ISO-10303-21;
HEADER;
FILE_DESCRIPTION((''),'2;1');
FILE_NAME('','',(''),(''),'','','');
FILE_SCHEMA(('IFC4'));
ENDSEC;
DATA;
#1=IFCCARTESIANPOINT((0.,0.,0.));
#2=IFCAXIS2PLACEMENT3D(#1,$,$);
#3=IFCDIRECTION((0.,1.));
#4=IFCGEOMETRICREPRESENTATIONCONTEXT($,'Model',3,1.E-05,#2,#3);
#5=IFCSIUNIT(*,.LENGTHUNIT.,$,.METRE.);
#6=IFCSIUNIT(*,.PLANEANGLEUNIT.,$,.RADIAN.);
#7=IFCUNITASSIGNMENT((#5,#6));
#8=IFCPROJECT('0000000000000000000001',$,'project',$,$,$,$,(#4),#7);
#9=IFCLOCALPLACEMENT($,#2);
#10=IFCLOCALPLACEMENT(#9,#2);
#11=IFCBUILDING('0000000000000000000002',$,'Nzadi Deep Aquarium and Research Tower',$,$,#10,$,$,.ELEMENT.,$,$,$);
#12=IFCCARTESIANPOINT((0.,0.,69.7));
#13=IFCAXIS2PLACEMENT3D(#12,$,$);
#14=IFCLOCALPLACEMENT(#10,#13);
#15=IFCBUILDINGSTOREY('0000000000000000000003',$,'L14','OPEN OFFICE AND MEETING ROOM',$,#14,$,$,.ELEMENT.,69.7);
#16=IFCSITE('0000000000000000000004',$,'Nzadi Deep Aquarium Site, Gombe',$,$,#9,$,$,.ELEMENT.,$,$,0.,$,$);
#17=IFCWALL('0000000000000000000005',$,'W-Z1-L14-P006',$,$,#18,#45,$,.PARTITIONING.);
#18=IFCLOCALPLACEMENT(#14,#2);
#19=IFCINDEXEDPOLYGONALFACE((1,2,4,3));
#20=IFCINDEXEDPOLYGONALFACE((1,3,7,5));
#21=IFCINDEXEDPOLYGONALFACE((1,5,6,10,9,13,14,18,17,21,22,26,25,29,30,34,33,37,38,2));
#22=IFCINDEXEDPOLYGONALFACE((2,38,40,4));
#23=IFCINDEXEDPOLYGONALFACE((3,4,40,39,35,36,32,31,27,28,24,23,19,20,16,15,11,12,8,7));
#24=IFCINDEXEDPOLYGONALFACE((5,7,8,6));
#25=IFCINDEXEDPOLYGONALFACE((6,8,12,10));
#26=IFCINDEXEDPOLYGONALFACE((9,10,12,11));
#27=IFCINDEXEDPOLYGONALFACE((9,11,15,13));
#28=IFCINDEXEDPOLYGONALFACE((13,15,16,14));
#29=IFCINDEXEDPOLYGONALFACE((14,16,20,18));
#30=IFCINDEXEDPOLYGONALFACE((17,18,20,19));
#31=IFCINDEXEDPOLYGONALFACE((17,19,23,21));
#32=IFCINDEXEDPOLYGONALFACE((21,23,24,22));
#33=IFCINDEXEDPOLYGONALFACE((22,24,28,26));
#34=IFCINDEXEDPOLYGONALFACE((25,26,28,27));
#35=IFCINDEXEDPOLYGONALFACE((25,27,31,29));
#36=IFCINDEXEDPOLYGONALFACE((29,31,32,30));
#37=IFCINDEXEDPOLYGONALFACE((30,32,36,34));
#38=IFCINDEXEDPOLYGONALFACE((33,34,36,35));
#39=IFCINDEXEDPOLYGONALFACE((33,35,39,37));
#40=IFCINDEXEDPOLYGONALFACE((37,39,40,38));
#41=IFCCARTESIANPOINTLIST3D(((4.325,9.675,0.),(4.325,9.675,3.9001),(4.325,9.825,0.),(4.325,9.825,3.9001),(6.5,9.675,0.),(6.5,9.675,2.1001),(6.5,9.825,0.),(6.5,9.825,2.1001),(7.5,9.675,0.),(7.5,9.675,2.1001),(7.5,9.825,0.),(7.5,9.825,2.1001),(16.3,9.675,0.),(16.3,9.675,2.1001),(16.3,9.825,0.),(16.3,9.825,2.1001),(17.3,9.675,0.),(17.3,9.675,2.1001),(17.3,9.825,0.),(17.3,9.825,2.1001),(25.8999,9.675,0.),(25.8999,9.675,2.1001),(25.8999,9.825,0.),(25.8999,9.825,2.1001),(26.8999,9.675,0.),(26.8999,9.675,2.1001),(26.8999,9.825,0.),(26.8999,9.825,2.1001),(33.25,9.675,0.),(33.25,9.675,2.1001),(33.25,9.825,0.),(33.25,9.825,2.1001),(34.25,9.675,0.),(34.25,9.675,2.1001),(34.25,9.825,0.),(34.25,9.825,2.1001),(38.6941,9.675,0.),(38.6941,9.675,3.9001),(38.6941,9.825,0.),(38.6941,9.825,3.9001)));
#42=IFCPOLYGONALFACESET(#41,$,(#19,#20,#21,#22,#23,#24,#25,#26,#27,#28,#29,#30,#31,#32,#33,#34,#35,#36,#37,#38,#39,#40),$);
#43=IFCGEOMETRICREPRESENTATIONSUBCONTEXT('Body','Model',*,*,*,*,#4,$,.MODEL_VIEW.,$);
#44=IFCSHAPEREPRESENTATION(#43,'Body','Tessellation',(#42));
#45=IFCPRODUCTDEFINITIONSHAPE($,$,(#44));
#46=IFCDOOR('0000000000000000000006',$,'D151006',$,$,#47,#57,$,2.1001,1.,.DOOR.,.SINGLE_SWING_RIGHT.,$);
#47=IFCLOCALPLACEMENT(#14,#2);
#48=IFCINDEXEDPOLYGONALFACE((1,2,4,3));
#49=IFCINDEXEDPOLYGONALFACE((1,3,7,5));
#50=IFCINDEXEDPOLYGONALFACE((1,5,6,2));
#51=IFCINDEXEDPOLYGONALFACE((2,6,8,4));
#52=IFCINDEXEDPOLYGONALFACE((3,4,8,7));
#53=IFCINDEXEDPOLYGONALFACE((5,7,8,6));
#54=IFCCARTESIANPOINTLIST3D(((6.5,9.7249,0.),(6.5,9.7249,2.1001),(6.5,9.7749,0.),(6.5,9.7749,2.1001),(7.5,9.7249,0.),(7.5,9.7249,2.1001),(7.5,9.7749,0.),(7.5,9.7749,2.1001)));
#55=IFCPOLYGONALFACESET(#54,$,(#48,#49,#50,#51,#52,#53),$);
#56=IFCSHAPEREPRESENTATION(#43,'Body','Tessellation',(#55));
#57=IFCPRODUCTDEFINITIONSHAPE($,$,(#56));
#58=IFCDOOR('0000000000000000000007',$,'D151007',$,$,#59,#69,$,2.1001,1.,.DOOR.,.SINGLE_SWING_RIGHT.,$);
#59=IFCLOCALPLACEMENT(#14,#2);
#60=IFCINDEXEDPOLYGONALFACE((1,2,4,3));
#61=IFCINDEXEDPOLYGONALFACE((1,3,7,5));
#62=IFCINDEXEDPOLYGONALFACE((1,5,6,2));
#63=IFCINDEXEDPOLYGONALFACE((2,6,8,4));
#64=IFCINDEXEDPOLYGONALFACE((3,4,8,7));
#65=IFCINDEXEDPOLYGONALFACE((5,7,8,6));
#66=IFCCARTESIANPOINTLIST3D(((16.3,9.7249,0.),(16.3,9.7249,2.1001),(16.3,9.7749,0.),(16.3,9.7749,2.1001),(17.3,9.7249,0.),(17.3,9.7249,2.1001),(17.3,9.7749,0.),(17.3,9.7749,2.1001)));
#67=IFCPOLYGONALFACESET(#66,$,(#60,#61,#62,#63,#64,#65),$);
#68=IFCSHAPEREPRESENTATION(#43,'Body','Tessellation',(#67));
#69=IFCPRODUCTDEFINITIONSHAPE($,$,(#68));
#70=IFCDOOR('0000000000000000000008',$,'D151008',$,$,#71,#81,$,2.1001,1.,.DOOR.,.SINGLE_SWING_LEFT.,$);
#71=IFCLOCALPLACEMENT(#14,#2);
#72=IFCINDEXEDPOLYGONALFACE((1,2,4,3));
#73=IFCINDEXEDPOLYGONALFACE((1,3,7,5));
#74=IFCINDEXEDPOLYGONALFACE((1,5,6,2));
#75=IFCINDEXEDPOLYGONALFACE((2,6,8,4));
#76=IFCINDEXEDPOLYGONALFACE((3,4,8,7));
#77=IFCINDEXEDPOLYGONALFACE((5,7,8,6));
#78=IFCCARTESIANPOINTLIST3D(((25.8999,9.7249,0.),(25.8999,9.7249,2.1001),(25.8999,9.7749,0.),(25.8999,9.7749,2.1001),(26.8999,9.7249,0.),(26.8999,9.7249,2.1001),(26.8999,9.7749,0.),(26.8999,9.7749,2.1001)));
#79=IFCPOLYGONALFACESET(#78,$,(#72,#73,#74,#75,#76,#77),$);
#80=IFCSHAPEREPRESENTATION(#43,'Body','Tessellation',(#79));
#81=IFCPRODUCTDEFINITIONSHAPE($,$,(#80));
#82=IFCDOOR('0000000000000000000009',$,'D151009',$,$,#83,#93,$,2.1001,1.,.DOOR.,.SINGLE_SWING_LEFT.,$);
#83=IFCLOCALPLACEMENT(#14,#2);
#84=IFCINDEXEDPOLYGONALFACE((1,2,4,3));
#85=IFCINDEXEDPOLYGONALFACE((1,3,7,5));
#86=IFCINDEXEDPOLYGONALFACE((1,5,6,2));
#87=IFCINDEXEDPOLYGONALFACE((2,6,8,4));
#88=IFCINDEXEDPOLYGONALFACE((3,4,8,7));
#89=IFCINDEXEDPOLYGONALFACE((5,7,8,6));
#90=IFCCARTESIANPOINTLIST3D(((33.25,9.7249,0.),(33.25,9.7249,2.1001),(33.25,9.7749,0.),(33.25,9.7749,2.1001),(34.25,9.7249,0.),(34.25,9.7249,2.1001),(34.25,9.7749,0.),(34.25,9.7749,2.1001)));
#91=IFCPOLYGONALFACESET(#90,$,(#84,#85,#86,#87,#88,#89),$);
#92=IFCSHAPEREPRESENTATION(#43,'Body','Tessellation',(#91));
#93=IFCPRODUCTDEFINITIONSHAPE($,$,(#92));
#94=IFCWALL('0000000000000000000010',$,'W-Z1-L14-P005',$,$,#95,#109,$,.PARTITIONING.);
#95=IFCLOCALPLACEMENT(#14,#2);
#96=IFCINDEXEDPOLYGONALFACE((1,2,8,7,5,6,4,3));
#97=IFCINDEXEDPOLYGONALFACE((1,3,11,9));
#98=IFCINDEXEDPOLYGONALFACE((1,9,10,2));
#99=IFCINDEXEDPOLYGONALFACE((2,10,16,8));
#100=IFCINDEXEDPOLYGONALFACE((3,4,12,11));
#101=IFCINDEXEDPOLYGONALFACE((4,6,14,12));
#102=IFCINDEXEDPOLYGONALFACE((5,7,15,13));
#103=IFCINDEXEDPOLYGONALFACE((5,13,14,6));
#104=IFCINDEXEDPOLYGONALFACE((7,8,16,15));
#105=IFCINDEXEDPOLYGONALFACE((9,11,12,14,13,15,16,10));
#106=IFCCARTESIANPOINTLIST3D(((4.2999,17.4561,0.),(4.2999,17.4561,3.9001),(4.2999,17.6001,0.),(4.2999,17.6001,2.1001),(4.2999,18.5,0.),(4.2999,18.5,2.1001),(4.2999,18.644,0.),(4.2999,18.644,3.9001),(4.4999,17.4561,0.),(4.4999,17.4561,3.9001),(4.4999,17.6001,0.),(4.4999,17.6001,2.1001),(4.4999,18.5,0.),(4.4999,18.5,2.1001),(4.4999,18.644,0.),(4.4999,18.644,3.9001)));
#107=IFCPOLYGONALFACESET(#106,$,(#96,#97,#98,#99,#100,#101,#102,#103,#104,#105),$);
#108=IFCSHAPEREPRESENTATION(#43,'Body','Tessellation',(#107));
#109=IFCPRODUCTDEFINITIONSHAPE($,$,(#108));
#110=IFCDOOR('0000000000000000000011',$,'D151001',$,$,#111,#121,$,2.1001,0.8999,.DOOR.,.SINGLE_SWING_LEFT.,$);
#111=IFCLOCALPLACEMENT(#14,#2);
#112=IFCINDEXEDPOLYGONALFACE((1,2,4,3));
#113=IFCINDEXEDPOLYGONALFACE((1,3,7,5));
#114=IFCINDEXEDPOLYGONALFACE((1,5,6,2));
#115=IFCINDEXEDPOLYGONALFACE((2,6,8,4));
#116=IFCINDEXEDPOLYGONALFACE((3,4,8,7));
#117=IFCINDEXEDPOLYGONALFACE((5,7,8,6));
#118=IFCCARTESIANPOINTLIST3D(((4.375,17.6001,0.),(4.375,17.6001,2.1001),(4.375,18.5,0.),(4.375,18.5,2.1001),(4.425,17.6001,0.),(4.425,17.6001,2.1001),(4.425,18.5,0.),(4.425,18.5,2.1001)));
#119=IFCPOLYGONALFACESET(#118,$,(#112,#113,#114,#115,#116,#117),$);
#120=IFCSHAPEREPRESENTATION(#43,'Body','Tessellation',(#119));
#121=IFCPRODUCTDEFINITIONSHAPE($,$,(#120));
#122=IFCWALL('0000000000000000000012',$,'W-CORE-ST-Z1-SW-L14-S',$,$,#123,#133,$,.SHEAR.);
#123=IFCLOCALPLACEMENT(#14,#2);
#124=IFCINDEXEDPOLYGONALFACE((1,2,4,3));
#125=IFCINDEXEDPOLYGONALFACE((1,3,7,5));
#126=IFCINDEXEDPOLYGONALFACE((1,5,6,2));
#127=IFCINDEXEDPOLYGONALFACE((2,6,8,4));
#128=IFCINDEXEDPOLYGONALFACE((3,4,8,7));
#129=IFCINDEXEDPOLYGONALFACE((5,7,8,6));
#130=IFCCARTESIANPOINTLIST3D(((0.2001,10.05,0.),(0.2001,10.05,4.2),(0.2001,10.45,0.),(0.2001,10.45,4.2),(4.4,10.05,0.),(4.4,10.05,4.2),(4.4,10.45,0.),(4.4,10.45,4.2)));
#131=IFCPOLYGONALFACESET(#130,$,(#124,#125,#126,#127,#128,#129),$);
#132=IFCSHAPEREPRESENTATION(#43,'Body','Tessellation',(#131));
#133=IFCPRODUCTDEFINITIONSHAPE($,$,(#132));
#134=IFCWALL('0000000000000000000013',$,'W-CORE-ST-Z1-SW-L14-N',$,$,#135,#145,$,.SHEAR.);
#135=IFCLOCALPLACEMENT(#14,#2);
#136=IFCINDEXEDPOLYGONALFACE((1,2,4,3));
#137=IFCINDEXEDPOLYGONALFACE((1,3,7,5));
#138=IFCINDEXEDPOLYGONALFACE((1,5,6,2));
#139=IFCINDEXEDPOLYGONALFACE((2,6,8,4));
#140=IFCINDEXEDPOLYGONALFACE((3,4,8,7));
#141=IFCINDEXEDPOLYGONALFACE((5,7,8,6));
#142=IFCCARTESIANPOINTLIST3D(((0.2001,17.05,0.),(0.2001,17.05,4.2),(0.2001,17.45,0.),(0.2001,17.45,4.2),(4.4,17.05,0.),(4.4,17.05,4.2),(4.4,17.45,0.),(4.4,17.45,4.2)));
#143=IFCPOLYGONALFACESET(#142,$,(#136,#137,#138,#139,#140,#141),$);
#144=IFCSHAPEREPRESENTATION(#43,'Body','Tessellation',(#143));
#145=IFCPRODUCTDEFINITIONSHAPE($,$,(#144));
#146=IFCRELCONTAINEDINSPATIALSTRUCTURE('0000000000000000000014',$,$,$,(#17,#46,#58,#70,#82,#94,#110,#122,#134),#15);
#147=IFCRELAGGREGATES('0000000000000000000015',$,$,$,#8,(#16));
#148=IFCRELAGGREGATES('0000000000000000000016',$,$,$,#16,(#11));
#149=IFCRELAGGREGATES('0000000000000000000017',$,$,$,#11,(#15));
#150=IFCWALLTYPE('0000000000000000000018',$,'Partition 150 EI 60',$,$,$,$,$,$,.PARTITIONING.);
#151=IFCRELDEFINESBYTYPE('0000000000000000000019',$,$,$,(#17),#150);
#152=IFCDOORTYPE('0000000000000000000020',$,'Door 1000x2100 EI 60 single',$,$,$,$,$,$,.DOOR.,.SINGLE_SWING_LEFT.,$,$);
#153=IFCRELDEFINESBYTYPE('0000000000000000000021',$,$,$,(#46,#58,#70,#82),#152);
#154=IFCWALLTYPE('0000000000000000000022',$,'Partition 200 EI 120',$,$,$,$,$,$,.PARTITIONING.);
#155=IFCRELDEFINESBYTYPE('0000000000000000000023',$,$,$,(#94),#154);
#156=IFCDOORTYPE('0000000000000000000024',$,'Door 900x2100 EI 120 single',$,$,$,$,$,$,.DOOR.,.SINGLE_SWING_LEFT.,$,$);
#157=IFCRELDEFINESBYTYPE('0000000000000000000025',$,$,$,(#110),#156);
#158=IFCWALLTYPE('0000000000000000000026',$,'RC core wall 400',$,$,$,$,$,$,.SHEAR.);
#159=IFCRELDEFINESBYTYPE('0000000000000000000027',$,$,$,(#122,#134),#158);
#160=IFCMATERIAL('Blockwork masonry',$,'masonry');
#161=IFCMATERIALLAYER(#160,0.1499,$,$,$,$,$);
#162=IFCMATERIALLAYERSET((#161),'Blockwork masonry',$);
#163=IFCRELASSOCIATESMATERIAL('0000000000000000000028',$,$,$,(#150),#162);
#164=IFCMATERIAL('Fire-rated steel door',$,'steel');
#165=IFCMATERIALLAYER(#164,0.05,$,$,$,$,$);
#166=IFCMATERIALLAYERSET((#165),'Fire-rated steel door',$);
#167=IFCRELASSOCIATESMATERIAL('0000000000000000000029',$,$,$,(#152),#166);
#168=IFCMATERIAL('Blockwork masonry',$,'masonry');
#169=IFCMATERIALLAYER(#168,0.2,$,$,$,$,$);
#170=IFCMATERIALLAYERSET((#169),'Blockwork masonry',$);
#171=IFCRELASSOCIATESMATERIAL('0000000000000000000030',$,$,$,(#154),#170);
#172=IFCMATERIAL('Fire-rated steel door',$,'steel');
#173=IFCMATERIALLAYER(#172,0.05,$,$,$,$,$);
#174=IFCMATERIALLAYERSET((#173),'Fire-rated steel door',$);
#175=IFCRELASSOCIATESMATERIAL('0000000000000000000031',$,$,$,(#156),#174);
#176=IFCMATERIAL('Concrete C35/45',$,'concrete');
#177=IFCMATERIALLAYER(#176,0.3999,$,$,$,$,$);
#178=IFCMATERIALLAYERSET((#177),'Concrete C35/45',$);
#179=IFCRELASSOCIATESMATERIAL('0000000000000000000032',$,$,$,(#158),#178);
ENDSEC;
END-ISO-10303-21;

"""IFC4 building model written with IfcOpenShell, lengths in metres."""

from ifc_helpers import new_model, si_unit, direction, frame, frame_2d, origin, place, context, subcontext, project, spatial, rectangle, extrude, material, layer, layer_set, type_object, element, fill, save


model = new_model("IFC4")

# Units and contexts
model_context = context("Model", 3, precision=1e-05, world=origin(), true_north=direction((0.0, 1.0)))
body_context = subcontext(model_context, "Body", "Model", "MODEL_VIEW")
ifc_project = project(units=[si_unit("LENGTHUNIT", "METRE"), si_unit("PLANEANGLEUNIT", "RADIAN")], contexts=[model_context])

# Site, building, storey
site_placement = place(None, origin())
site = spatial("IfcSite", under=ifc_project, at=site_placement, Name="Nzadi Deep Aquarium Site, Gombe", CompositionType="ELEMENT", RefElevation=0.0)
building_placement = place(site_placement, origin())
building = spatial("IfcBuilding", under=site, at=building_placement, Name="Nzadi Deep Aquarium and Research Tower", CompositionType="ELEMENT")
storey_placement = place(building_placement, frame((0.0, 0.0, 69.7)))
storey = spatial("IfcBuildingStorey", under=building, at=storey_placement, Name="L14", Description="OPEN OFFICE AND MEETING ROOM", CompositionType="ELEMENT", Elevation=69.7)

# Wall, openings, doors
ifc_material_1 = material(Name="Blockwork masonry", Category="masonry")
ifc_layer_1 = layer(ifc_material_1, 0.1499)
ifc_layer_set_1 = layer_set([ifc_layer_1], Name="Blockwork masonry")
wall_type_1 = type_object("IfcWallType", Name="Partition 150 EI 60", PredefinedType="PARTITIONING", material=ifc_layer_set_1)
wall_1_placement = place(storey_placement, frame((4.325, 9.75, 0.0), z_axis=(0.0, 0.0, 1.0), x_axis=(1.0, 0.0, 0.0)))
wall_1 = element("IfcWall", 1, at=wall_1_placement, inside=storey, type_object=wall_type_1, Name="W-Z1-L14-P006", PredefinedType="PARTITIONING", context=body_context, shape_type="SweptSolid", body=[
    extrude(rectangle(XDim=34.3691, YDim=0.1499, at=frame_2d((17.1846, 0.0))), origin(), (0.0, 0.0, 1.0), 3.9001),
])
opening_1_placement = place(wall_1_placement, frame((2.175, 0.0, 0.0)))
opening_1 = element("IfcOpeningElement", 2, at=opening_1_placement, cuts=wall_1, PredefinedType="OPENING", context=body_context, shape_type="SweptSolid", body=[
    extrude(rectangle(XDim=1.0, YDim=2.1001, at=frame_2d((0.5, 1.05))), frame((0.0, 0.085, 0.0), z_axis=(0.0, -1.0, 0.0), x_axis=(1.0, 0.0, 0.0)), (0.0, 0.0, 1.0), 0.1699),
])
opening_2_placement = place(wall_1_placement, frame((11.9751, 0.0, 0.0)))
opening_2 = element("IfcOpeningElement", 3, at=opening_2_placement, cuts=wall_1, PredefinedType="OPENING", context=body_context, shape_type="SweptSolid", body=[
    extrude(rectangle(XDim=1.0, YDim=2.1001, at=frame_2d((0.5, 1.05))), frame((0.0, 0.085, 0.0), z_axis=(0.0, -1.0, 0.0), x_axis=(1.0, 0.0, 0.0)), (0.0, 0.0, 1.0), 0.1699),
])
opening_3_placement = place(wall_1_placement, frame((21.575, 0.0, 0.0)))
opening_3 = element("IfcOpeningElement", 4, at=opening_3_placement, cuts=wall_1, PredefinedType="OPENING", context=body_context, shape_type="SweptSolid", body=[
    extrude(rectangle(XDim=1.0, YDim=2.1001, at=frame_2d((0.5, 1.05))), frame((0.0, 0.085, 0.0), z_axis=(0.0, -1.0, 0.0), x_axis=(1.0, 0.0, 0.0)), (0.0, 0.0, 1.0), 0.1699),
])
opening_4_placement = place(wall_1_placement, frame((28.925, 0.0, 0.0)))
opening_4 = element("IfcOpeningElement", 5, at=opening_4_placement, cuts=wall_1, PredefinedType="OPENING", context=body_context, shape_type="SweptSolid", body=[
    extrude(rectangle(XDim=1.0, YDim=2.1001, at=frame_2d((0.5, 1.05))), frame((0.0, 0.085, 0.0), z_axis=(0.0, -1.0, 0.0), x_axis=(1.0, 0.0, 0.0)), (0.0, 0.0, 1.0), 0.1699),
])
ifc_material_2 = material(Name="Fire-rated steel door", Category="steel")
ifc_layer_2 = layer(ifc_material_2, 0.05)
ifc_layer_set_2 = layer_set([ifc_layer_2], Name="Fire-rated steel door")
door_type_1 = type_object("IfcDoorType", Name="Door 1000x2100 EI 60 single", OperationType="SINGLE_SWING_LEFT", PredefinedType="DOOR", material=ifc_layer_set_2)
door_1_placement = place(opening_1_placement, origin())
door_1 = element("IfcDoor", 6, at=door_1_placement, inside=storey, type_object=door_type_1, Name="D151006", OperationType="SINGLE_SWING_RIGHT", OverallHeight=2.1001, OverallWidth=1.0, PredefinedType="DOOR", context=body_context, shape_type="SweptSolid", body=[
    extrude(rectangle(XDim=1.0, YDim=2.1001, at=frame_2d((0.5, 1.05))), frame((0.0, 0.0249, 0.0), z_axis=(0.0, -1.0, 0.0), x_axis=(1.0, 0.0, 0.0)), (0.0, 0.0, 1.0), 0.05),
])
fill(opening_1, door_1)
door_2_placement = place(opening_2_placement, origin())
door_2 = element("IfcDoor", 7, at=door_2_placement, inside=storey, type_object=door_type_1, Name="D151007", OperationType="SINGLE_SWING_RIGHT", OverallHeight=2.1001, OverallWidth=1.0, PredefinedType="DOOR", context=body_context, shape_type="SweptSolid", body=[
    extrude(rectangle(XDim=1.0, YDim=2.1001, at=frame_2d((0.5, 1.05))), frame((0.0, 0.0249, 0.0), z_axis=(0.0, -1.0, 0.0), x_axis=(1.0, 0.0, 0.0)), (0.0, 0.0, 1.0), 0.05),
])
fill(opening_2, door_2)
door_3_placement = place(opening_3_placement, origin())
door_3 = element("IfcDoor", 8, at=door_3_placement, inside=storey, type_object=door_type_1, Name="D151008", OperationType="SINGLE_SWING_LEFT", OverallHeight=2.1001, OverallWidth=1.0, PredefinedType="DOOR", context=body_context, shape_type="SweptSolid", body=[
    extrude(rectangle(XDim=1.0, YDim=2.1001, at=frame_2d((0.5, 1.05))), frame((0.0, 0.0249, 0.0), z_axis=(0.0, -1.0, 0.0), x_axis=(1.0, 0.0, 0.0)), (0.0, 0.0, 1.0), 0.05),
])
fill(opening_3, door_3)
door_4_placement = place(opening_4_placement, origin())
door_4 = element("IfcDoor", 9, at=door_4_placement, inside=storey, type_object=door_type_1, Name="D151009", OperationType="SINGLE_SWING_LEFT", OverallHeight=2.1001, OverallWidth=1.0, PredefinedType="DOOR", context=body_context, shape_type="SweptSolid", body=[
    extrude(rectangle(XDim=1.0, YDim=2.1001, at=frame_2d((0.5, 1.05))), frame((0.0, 0.0249, 0.0), z_axis=(0.0, -1.0, 0.0), x_axis=(1.0, 0.0, 0.0)), (0.0, 0.0, 1.0), 0.05),
])
fill(opening_4, door_4)

# Wall, opening, door
ifc_material_3 = material(Name="Blockwork masonry", Category="masonry")
ifc_layer_3 = layer(ifc_material_3, 0.2)
ifc_layer_set_3 = layer_set([ifc_layer_3], Name="Blockwork masonry")
wall_type_2 = type_object("IfcWallType", Name="Partition 200 EI 120", PredefinedType="PARTITIONING", material=ifc_layer_set_3)
wall_2_placement = place(storey_placement, frame((4.3999, 17.4561, 0.0), z_axis=(0.0, 0.0, 1.0), x_axis=(0.0, 1.0, 0.0)))
wall_2 = element("IfcWall", 10, at=wall_2_placement, inside=storey, type_object=wall_type_2, Name="W-Z1-L14-P005", PredefinedType="PARTITIONING", context=body_context, shape_type="SweptSolid", body=[
    extrude(rectangle(XDim=1.188, YDim=0.2, at=frame_2d((0.594, 0.0))), origin(), (0.0, 0.0, 1.0), 3.9001),
])
opening_5_placement = place(wall_2_placement, frame((0.144, 0.0, 0.0)))
opening_5 = element("IfcOpeningElement", 11, at=opening_5_placement, cuts=wall_2, PredefinedType="OPENING", context=body_context, shape_type="SweptSolid", body=[
    extrude(rectangle(XDim=0.8999, YDim=2.1001, at=frame_2d((0.45, 1.05))), frame((0.0, 0.1101, 0.0), z_axis=(0.0, -1.0, 0.0), x_axis=(1.0, 0.0, 0.0)), (0.0, 0.0, 1.0), 0.2202),
])
ifc_material_4 = material(Name="Fire-rated steel door", Category="steel")
ifc_layer_4 = layer(ifc_material_4, 0.05)
ifc_layer_set_4 = layer_set([ifc_layer_4], Name="Fire-rated steel door")
door_type_2 = type_object("IfcDoorType", Name="Door 900x2100 EI 120 single", OperationType="SINGLE_SWING_LEFT", PredefinedType="DOOR", material=ifc_layer_set_4)
door_5_placement = place(opening_5_placement, origin())
door_5 = element("IfcDoor", 12, at=door_5_placement, inside=storey, type_object=door_type_2, Name="D151001", OperationType="SINGLE_SWING_LEFT", OverallHeight=2.1001, OverallWidth=0.8999, PredefinedType="DOOR", context=body_context, shape_type="SweptSolid", body=[
    extrude(rectangle(XDim=0.8999, YDim=2.1001, at=frame_2d((0.45, 1.05))), frame((0.0, 0.0249, 0.0), z_axis=(0.0, -1.0, 0.0), x_axis=(1.0, 0.0, 0.0)), (0.0, 0.0, 1.0), 0.05),
])
fill(opening_5, door_5)

# Walls
ifc_material_5 = material(Name="Concrete C35/45", Category="concrete")
ifc_layer_5 = layer(ifc_material_5, 0.3999)
ifc_layer_set_5 = layer_set([ifc_layer_5], Name="Concrete C35/45")
wall_type_3 = type_object("IfcWallType", Name="RC core wall 400", PredefinedType="SHEAR", material=ifc_layer_set_5)
for number, where, z_axis, x_axis, name in (
    (13, (0.2, 10.25, 0.0), (0.0, 0.0, 1.0), (1.0, 0.0, 0.0), "W-CORE-ST-Z1-SW-L14-S"),
    (14, (0.2, 17.25, 0.0), (0.0, 0.0, 1.0), (1.0, 0.0, 0.0), "W-CORE-ST-Z1-SW-L14-N"),
):
    element("IfcWall", number, at=place(storey_placement, frame(where, z_axis=z_axis, x_axis=x_axis)), inside=storey, type_object=wall_type_3, Name=name, PredefinedType="SHEAR", context=body_context, shape_type="SweptSolid", body=[
        extrude(rectangle(XDim=4.2, YDim=0.3999, at=frame_2d((2.1001, 0.0))), origin(), (0.0, 0.0, 1.0), 4.2),
    ])

save(model, "model.ifc")
